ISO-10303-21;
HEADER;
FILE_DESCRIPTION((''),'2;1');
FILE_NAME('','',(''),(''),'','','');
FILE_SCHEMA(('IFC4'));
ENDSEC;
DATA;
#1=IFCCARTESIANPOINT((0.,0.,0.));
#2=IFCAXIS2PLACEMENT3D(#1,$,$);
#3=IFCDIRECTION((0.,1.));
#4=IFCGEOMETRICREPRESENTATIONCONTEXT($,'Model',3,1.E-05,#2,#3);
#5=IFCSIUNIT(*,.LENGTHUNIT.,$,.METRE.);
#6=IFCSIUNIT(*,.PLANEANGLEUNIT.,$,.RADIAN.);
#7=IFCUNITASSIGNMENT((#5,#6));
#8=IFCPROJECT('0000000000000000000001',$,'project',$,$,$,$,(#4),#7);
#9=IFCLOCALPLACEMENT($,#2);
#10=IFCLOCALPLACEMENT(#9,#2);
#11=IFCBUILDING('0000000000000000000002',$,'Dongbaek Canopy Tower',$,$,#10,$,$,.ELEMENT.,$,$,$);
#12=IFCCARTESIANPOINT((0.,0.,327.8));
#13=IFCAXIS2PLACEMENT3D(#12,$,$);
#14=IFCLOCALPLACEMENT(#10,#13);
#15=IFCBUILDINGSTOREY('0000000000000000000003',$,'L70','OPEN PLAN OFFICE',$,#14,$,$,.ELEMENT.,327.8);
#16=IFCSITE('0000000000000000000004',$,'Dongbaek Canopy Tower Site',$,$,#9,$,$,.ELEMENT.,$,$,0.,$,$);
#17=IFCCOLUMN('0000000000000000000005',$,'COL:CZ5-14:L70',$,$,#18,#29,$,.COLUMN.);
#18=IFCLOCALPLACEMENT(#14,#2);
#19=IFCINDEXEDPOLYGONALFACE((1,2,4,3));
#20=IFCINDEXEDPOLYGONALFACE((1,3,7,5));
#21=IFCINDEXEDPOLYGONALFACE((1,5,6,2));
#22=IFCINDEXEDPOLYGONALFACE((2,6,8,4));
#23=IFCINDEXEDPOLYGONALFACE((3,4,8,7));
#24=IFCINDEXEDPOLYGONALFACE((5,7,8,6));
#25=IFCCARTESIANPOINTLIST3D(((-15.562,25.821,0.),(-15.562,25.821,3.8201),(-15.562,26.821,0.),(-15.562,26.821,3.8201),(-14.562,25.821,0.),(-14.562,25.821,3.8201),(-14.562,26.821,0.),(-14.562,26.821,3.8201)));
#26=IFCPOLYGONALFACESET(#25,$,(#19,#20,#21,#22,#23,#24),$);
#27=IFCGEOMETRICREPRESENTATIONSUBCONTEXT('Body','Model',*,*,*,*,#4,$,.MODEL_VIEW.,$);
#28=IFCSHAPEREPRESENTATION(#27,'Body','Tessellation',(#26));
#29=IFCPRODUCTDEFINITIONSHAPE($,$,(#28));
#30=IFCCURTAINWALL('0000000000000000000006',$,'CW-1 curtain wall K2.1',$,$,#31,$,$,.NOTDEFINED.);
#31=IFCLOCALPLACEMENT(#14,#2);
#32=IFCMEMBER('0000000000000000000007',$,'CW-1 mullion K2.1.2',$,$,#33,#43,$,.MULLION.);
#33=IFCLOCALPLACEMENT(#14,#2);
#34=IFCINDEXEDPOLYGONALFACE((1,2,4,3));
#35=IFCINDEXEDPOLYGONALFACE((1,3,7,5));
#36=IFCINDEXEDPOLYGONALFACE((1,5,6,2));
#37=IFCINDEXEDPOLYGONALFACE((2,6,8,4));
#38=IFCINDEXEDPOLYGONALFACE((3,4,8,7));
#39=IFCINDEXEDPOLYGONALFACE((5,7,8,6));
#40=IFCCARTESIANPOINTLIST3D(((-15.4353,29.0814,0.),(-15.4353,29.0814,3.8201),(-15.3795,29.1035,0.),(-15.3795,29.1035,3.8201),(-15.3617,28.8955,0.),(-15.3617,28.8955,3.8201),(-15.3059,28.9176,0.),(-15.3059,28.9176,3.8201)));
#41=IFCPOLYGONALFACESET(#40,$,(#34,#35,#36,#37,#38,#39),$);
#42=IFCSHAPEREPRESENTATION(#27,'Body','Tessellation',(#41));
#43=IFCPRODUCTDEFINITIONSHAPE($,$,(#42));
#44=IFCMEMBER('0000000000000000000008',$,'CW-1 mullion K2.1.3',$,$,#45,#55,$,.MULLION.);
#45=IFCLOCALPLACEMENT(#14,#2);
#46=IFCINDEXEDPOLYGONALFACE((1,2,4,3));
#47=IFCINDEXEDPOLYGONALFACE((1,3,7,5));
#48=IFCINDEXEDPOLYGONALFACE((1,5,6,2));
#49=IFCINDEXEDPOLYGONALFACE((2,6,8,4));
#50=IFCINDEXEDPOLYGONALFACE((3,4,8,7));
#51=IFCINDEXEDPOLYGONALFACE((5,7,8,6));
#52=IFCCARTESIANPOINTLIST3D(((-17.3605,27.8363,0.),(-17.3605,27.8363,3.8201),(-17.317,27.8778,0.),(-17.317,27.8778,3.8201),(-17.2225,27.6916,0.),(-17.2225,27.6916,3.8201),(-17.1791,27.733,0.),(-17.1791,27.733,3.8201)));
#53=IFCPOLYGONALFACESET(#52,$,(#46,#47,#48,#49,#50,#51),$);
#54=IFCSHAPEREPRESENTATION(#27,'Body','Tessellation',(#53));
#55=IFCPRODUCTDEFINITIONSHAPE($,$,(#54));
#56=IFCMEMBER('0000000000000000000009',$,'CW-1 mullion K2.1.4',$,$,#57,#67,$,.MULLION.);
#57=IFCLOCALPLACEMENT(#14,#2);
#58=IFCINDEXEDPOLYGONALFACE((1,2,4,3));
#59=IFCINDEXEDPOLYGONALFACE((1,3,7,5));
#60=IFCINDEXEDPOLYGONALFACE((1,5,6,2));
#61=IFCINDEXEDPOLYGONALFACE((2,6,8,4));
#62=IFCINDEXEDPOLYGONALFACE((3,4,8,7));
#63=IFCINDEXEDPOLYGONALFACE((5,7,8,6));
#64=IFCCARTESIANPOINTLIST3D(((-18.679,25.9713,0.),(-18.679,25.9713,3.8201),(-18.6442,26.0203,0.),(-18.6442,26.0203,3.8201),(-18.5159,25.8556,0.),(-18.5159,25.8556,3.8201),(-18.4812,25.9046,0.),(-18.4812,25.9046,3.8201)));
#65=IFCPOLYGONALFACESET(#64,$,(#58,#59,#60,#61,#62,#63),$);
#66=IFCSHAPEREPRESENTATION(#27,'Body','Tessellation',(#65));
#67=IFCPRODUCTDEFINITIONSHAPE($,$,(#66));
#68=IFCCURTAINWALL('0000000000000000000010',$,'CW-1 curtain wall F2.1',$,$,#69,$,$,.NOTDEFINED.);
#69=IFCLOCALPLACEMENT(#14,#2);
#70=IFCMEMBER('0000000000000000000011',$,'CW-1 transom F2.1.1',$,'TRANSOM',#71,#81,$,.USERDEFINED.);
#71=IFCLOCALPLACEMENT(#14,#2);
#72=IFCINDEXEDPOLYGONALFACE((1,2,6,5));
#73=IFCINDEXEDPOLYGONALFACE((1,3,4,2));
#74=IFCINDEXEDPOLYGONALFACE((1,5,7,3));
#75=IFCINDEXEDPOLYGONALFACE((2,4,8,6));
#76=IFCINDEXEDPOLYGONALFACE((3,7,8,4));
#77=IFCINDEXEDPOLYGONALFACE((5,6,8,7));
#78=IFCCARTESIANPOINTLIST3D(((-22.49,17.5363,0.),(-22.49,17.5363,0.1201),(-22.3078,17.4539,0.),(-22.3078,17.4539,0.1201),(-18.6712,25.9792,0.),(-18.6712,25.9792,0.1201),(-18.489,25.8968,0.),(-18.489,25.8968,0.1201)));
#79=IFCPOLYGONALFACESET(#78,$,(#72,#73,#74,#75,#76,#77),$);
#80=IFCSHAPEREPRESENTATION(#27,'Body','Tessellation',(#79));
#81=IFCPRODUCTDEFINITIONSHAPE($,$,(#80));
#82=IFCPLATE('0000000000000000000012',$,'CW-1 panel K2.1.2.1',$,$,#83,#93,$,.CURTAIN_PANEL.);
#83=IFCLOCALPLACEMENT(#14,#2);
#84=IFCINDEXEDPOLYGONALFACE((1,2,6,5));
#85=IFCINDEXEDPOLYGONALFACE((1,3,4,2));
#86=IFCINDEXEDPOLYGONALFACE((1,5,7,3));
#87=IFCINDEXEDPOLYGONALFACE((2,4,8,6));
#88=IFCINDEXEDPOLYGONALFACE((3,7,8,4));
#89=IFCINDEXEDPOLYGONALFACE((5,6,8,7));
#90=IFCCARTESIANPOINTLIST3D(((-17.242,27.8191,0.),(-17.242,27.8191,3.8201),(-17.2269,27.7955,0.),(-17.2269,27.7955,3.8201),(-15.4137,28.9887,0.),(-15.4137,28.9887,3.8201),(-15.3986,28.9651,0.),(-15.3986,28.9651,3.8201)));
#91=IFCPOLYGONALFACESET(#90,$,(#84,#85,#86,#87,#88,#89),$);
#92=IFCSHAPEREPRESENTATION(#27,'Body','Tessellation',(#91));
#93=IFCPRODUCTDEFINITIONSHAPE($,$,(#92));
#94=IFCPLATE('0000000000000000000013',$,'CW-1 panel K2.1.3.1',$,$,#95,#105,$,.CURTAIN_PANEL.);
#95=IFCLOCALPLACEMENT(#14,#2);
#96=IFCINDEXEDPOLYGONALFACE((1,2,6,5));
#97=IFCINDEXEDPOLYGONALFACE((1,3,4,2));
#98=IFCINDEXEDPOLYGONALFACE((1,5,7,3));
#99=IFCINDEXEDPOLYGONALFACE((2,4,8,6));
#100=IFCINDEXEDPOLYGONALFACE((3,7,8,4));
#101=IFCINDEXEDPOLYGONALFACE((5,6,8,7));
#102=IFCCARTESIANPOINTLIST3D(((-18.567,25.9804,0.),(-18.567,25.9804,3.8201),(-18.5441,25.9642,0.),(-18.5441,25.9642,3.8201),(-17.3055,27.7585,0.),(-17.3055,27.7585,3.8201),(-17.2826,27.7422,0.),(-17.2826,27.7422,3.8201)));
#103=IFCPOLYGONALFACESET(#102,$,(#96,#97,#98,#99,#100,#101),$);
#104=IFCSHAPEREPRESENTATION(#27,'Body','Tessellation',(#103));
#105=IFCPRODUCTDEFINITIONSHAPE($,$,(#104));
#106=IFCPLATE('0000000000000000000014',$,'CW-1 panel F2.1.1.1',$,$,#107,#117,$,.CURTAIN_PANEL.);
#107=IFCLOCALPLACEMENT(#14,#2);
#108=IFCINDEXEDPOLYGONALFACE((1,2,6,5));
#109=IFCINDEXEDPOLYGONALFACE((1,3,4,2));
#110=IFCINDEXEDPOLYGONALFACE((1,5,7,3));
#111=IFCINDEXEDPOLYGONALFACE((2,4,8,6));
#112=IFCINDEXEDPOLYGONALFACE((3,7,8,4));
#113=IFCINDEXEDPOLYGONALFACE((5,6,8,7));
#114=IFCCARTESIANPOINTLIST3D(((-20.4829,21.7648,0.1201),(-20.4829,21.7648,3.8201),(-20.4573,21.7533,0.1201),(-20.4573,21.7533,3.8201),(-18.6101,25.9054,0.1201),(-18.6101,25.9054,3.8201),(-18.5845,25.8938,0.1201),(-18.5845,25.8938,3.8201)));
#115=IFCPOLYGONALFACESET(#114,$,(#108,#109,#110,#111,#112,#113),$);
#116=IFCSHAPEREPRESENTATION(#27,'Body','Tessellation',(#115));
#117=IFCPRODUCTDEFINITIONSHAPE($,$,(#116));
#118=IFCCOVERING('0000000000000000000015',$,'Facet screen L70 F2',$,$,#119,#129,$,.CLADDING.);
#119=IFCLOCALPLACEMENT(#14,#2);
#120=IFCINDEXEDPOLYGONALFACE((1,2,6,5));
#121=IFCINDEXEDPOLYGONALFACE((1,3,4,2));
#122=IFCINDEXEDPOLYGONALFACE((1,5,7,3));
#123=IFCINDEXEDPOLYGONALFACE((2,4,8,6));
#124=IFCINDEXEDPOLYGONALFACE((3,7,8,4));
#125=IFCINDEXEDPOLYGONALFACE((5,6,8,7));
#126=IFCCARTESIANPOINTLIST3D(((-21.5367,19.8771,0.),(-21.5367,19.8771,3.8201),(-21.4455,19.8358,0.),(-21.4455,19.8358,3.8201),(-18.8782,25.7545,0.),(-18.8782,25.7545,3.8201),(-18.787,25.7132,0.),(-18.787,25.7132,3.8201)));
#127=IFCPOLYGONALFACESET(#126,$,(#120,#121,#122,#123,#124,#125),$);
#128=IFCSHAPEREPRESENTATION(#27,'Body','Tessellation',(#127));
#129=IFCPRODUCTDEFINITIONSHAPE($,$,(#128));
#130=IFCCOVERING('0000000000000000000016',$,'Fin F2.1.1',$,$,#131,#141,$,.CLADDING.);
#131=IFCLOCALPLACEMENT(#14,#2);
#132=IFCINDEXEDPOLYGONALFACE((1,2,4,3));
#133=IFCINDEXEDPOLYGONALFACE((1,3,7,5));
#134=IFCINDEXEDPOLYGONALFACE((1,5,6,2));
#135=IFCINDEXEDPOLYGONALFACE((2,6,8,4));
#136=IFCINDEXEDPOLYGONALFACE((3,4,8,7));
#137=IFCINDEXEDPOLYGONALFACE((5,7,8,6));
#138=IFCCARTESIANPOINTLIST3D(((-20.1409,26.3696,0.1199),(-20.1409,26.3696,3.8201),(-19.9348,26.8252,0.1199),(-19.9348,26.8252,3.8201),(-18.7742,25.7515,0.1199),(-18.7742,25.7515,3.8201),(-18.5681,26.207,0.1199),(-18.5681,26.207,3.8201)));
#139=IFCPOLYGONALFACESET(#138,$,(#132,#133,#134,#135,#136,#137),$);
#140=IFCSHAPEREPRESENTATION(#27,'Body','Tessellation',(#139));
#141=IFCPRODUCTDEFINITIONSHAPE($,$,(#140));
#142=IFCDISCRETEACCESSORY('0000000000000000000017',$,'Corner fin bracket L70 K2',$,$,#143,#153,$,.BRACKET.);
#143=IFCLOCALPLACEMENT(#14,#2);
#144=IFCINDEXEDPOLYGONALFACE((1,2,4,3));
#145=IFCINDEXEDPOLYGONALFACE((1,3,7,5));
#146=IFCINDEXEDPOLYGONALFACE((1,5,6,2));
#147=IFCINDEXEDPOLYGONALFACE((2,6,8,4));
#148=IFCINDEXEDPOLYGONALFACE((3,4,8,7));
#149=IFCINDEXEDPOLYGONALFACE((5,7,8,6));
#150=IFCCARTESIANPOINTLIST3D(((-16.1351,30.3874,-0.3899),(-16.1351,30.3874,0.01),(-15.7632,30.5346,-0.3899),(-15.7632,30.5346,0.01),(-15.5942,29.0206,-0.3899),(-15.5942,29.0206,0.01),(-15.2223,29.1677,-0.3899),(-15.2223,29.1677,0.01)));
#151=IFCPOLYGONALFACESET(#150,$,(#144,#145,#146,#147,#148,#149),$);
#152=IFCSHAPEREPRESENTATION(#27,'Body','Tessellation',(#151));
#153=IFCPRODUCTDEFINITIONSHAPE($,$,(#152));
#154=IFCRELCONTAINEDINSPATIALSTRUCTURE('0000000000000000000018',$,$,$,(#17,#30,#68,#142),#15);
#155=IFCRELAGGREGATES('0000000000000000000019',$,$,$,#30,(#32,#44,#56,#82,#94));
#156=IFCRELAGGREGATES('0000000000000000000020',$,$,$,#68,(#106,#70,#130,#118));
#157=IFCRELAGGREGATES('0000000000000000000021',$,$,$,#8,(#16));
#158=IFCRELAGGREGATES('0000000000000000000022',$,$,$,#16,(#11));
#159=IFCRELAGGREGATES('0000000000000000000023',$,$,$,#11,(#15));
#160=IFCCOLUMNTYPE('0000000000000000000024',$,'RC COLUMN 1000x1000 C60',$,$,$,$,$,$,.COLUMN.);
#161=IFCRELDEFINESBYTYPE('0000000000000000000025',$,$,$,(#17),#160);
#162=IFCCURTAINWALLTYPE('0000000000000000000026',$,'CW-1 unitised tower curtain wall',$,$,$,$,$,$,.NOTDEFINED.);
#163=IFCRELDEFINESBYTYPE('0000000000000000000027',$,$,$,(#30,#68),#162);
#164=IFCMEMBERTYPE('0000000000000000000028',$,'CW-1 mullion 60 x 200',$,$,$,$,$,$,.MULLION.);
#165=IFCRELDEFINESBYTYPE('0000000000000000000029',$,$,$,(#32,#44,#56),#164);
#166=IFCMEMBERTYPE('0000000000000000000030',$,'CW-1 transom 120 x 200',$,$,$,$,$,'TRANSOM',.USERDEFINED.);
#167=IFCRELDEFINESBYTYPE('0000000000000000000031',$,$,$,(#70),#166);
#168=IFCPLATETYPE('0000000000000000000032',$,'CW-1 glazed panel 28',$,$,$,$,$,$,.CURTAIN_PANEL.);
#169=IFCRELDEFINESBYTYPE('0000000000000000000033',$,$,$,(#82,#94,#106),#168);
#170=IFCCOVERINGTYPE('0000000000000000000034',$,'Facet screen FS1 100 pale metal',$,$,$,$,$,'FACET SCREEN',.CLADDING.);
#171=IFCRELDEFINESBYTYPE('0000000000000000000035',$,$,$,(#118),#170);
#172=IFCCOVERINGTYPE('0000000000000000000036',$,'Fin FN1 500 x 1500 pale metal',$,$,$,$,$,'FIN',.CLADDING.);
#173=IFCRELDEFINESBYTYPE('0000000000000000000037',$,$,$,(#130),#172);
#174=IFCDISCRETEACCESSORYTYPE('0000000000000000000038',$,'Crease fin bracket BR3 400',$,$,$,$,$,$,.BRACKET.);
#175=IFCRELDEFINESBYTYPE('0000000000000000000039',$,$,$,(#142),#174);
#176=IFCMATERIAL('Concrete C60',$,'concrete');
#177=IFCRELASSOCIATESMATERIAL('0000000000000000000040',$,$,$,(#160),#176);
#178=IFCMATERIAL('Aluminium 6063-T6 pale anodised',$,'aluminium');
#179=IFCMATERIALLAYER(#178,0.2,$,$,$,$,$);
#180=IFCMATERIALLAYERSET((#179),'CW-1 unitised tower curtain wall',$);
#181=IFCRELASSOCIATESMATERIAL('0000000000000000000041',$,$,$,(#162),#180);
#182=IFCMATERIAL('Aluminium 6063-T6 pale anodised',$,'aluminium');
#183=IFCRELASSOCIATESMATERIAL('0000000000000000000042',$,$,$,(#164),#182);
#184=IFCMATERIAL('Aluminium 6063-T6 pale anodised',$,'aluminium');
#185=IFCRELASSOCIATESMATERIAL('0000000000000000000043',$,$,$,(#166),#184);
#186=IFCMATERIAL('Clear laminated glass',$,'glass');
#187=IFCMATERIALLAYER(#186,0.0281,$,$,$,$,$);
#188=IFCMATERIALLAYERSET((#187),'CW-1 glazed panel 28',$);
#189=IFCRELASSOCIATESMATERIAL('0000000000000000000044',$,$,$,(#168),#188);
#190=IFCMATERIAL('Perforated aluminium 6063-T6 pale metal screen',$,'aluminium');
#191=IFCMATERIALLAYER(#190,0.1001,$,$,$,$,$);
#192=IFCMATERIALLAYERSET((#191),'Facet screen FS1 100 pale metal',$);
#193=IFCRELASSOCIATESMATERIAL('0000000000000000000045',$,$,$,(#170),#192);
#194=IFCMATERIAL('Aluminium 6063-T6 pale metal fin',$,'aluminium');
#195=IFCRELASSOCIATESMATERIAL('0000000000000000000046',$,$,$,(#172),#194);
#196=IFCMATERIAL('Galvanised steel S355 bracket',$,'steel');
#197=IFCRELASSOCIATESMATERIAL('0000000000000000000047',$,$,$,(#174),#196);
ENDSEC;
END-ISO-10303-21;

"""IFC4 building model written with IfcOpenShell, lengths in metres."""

from ifc_helpers import new_model, si_unit, direction, frame, origin, origin_2d, place, context, subcontext, project, spatial, rectangle, extrude, material, layer, layer_set, material_profile, profile_set, type_object, element, aggregate, save


model = new_model("IFC4")

# Units and contexts
model_context = context("Model", 3, precision=1e-05, world=origin(), true_north=direction((0.0, 1.0)))
body_context = subcontext(model_context, "Body", "Model", "MODEL_VIEW")
ifc_project = project(units=[si_unit("LENGTHUNIT", "METRE"), si_unit("PLANEANGLEUNIT", "RADIAN")], contexts=[model_context])

# Site, building, storey
site_placement = place(None, origin())
site = spatial("IfcSite", under=ifc_project, at=site_placement, Name="Dongbaek Canopy Tower Site", CompositionType="ELEMENT", RefElevation=0.0)
building_placement = place(site_placement, origin())
building = spatial("IfcBuilding", under=site, at=building_placement, Name="Dongbaek Canopy Tower", CompositionType="ELEMENT")
storey_placement = place(building_placement, frame((0.0, 0.0, 327.8)))
storey = spatial("IfcBuildingStorey", under=building, at=storey_placement, Name="L70", Description="OPEN PLAN OFFICE", CompositionType="ELEMENT", Elevation=327.8)

# Column
ifc_material_1 = material(Name="Concrete C60", Category="concrete")
ifc_material_profile_1 = material_profile(ifc_material_1, rectangle(XDim=1.0, YDim=1.0, at=origin_2d()), Name="RC COLUMN 1000x1000 C60")
ifc_profile_set_1 = profile_set([ifc_material_profile_1], Name="Concrete C60")
column_type = type_object("IfcColumnType", Name="RC COLUMN 1000x1000 C60", PredefinedType="COLUMN", material=ifc_profile_set_1)
column_placement = place(storey_placement, frame((-15.062, 26.321, 0.0), z_axis=(0.0, 0.0, 1.0), x_axis=(1.0, 0.0, 0.0)))
element("IfcColumn", 1, at=column_placement, inside=storey, type_object=column_type, Name="COL:CZ5-14:L70", PredefinedType="COLUMN", context=body_context, shape_type="SweptSolid", body=[
    extrude(rectangle(XDim=1.0, YDim=1.0, at=origin_2d()), origin(), (0.0, 0.0, 1.0), 3.8201),
])

# Curtain wall, members
ifc_material_2 = material(Name="Aluminium 6063-T6 pale anodised", Category="aluminium")
ifc_layer_1 = layer(ifc_material_2, 0.2)
ifc_layer_set_1 = layer_set([ifc_layer_1], Name="CW-1 unitised tower curtain wall")
curtain_wall_type = type_object("IfcCurtainWallType", Name="CW-1 unitised tower curtain wall", PredefinedType="NOTDEFINED", material=ifc_layer_set_1)
curtain_wall_1_placement = place(storey_placement, origin())
curtain_wall_1 = element("IfcCurtainWall", 2, at=curtain_wall_1_placement, inside=storey, type_object=curtain_wall_type, Name="CW-1 curtain wall K2.1", PredefinedType="NOTDEFINED")
ifc_material_3 = material(Name="Aluminium 6063-T6 pale anodised", Category="aluminium")
ifc_material_profile_2 = material_profile(ifc_material_3, rectangle(XDim=0.2, YDim=0.0601, at=origin_2d()), Name="CW-1 mullion 60 x 200")
ifc_profile_set_2 = profile_set([ifc_material_profile_2], Name="Aluminium 6063-T6 pale anodised")
member_type_1 = type_object("IfcMemberType", Name="CW-1 mullion 60 x 200", PredefinedType="MULLION", material=ifc_profile_set_2)
member_1_placement = place(storey_placement, frame((-15.3706, 28.9995, 0.0), z_axis=(0.0, 0.0, 1.0), x_axis=(-0.367962, 0.929841, 0.0)))
member_1 = element("IfcMember", 3, at=member_1_placement, type_object=member_type_1, Name="CW-1 mullion K2.1.2", PredefinedType="MULLION", context=body_context, shape_type="SweptSolid", body=[
    extrude(rectangle(XDim=0.2, YDim=0.0601, at=origin_2d()), origin(), (0.0, 0.0, 1.0), 3.8201),
])
member_2_placement = place(storey_placement, frame((-17.2698, 27.7847, 0.0), z_axis=(0.0, 0.0, 1.0), x_axis=(-0.689947, 0.72386, 0.0)))
member_2 = element("IfcMember", 4, at=member_2_placement, type_object=member_type_1, Name="CW-1 mullion K2.1.3", PredefinedType="MULLION", context=body_context, shape_type="SweptSolid", body=[
    extrude(rectangle(XDim=0.2, YDim=0.0601, at=origin_2d()), origin(), (0.0, 0.0, 1.0), 3.8201),
])
member_3_placement = place(storey_placement, frame((-18.5801, 25.938, 0.0), z_axis=(0.0, 0.0, 1.0), x_axis=(-0.815571, 0.578657, 0.0)))
member_3 = element("IfcMember", 5, at=member_3_placement, type_object=member_type_1, Name="CW-1 mullion K2.1.4", PredefinedType="MULLION", context=body_context, shape_type="SweptSolid", body=[
    extrude(rectangle(XDim=0.2, YDim=0.0601, at=origin_2d()), origin(), (0.0, 0.0, 1.0), 3.8201),
])

# Curtain wall, member
curtain_wall_2_placement = place(storey_placement, origin())
curtain_wall_2 = element("IfcCurtainWall", 6, at=curtain_wall_2_placement, inside=storey, type_object=curtain_wall_type, Name="CW-1 curtain wall F2.1", PredefinedType="NOTDEFINED")
ifc_material_4 = material(Name="Aluminium 6063-T6 pale anodised", Category="aluminium")
ifc_material_profile_3 = material_profile(ifc_material_4, rectangle(XDim=0.2, YDim=0.1201, at=origin_2d()), Name="CW-1 transom 120 x 200")
ifc_profile_set_3 = profile_set([ifc_material_profile_3], Name="Aluminium 6063-T6 pale anodised")
member_type_2 = type_object("IfcMemberType", Name="CW-1 transom 120 x 200", ElementType="TRANSOM", PredefinedType="USERDEFINED", material=ifc_profile_set_3)
member_4_placement = place(storey_placement, frame((-18.5801, 25.938, 0.0601), z_axis=(-0.412119, -0.91113, 0.0), x_axis=(0.91113, -0.412119, 0.0)))
member_4 = element("IfcMember", 7, at=member_4_placement, type_object=member_type_2, Name="CW-1 transom F2.1.1", ObjectType="TRANSOM", PredefinedType="USERDEFINED", context=body_context, shape_type="SweptSolid", body=[
    extrude(rectangle(XDim=0.2, YDim=0.1201, at=origin_2d()), origin(), (0.0, 0.0, 1.0), 9.2664),
])

# Plates
ifc_material_5 = material(Name="Clear laminated glass", Category="glass")
ifc_layer_2 = layer(ifc_material_5, 0.0281)
ifc_layer_set_2 = layer_set([ifc_layer_2], Name="CW-1 glazed panel 28")
plate_type = type_object("IfcPlateType", Name="CW-1 glazed panel 28", PredefinedType="CURTAIN_PANEL", material=ifc_layer_set_2)
plate_1_placement = place(storey_placement, frame((-16.3203, 28.3921, 0.0), z_axis=(0.0, 0.0, 1.0), x_axis=(-0.842378, -0.538888, 0.0)))
plate_1 = element("IfcPlate", 8, at=plate_1_placement, type_object=plate_type, Name="CW-1 panel K2.1.2.1", PredefinedType="CURTAIN_PANEL", context=body_context, shape_type="SweptSolid", body=[
    extrude(rectangle(XDim=2.1704, YDim=0.0281, at=origin_2d()), origin(), (0.0, 0.0, 1.0), 3.8201),
])
plate_2_placement = place(storey_placement, frame((-17.9248, 26.8613, 0.0), z_axis=(0.0, 0.0, 1.0), x_axis=(-0.578657, -0.815571, 0.0)))
plate_2 = element("IfcPlate", 9, at=plate_2_placement, type_object=plate_type, Name="CW-1 panel K2.1.3.1", PredefinedType="CURTAIN_PANEL", context=body_context, shape_type="SweptSolid", body=[
    extrude(rectangle(XDim=2.1802, YDim=0.0281, at=origin_2d()), origin(), (0.0, 0.0, 1.0), 3.8201),
])
aggregate(curtain_wall_1, [member_1, member_2, member_3, plate_1, plate_2])
plate_3_placement = place(storey_placement, frame((-19.5337, 23.8293, 0.1201), z_axis=(0.0, 0.0, 1.0), x_axis=(-0.412122, -0.911129, 0.0)))
plate_3 = element("IfcPlate", 10, at=plate_3_placement, type_object=plate_type, Name="CW-1 panel F2.1.1.1", PredefinedType="CURTAIN_PANEL", context=body_context, shape_type="SweptSolid", body=[
    extrude(rectangle(XDim=4.5444, YDim=0.0281, at=origin_2d()), origin(), (0.0, 0.0, 1.0), 3.7),
])

# Coverings
ifc_material_6 = material(Name="Perforated aluminium 6063-T6 pale metal screen", Category="aluminium")
ifc_layer_3 = layer(ifc_material_6, 0.1001)
ifc_layer_set_3 = layer_set([ifc_layer_3], Name="Facet screen FS1 100 pale metal")
covering_type_1 = type_object("IfcCoveringType", Name="Facet screen FS1 100 pale metal", ElementType="FACET SCREEN", PredefinedType="CLADDING", material=ifc_layer_set_3)
covering_1_placement = place(storey_placement, frame((-20.1619, 22.7952, 0.0), z_axis=(0.0, 0.0, 1.0), x_axis=(-0.412122, -0.911129, 0.0)))
covering_1 = element("IfcCovering", 11, at=covering_1_placement, type_object=covering_type_1, Name="Facet screen L70 F2", PredefinedType="CLADDING", context=body_context, shape_type="SweptSolid", body=[
    extrude(rectangle(XDim=6.4507, YDim=0.1001, at=origin_2d()), origin(), (0.0, 0.0, 1.0), 3.8201),
])
ifc_material_7 = material(Name="Aluminium 6063-T6 pale metal fin", Category="aluminium")
ifc_material_profile_4 = material_profile(ifc_material_7, rectangle(XDim=1.5, YDim=0.5, at=origin_2d()), Name="Fin FN1 500 x 1500 pale metal")
ifc_profile_set_4 = profile_set([ifc_material_profile_4], Name="Aluminium 6063-T6 pale metal fin")
covering_type_2 = type_object("IfcCoveringType", Name="Fin FN1 500 x 1500 pale metal", ElementType="FIN", PredefinedType="CLADDING", material=ifc_profile_set_4)
covering_2_placement = place(storey_placement, frame((-19.3545, 26.2883, 0.1199), z_axis=(0.0, 0.0, 1.0), x_axis=(-0.911129, 0.412122, 0.0)))
covering_2 = element("IfcCovering", 12, at=covering_2_placement, type_object=covering_type_2, Name="Fin F2.1.1", PredefinedType="CLADDING", context=body_context, shape_type="SweptSolid", body=[
    extrude(rectangle(XDim=1.5, YDim=0.5, at=origin_2d()), origin(), (0.0, 0.0, 1.0), 3.7002),
])
aggregate(curtain_wall_2, [plate_3, member_4, covering_2, covering_1])

# Discrete accessory
ifc_material_8 = material(Name="Galvanised steel S355 bracket", Category="steel")
discrete_accessory_type = type_object("IfcDiscreteAccessoryType", Name="Crease fin bracket BR3 400", PredefinedType="BRACKET", material=ifc_material_8)
discrete_accessory_placement = place(storey_placement, frame((-15.6787, 29.7776, -0.3899), z_axis=(0.0, 0.0, 1.0), x_axis=(-0.367962, 0.929841, 0.0)))
element("IfcDiscreteAccessory", 13, at=discrete_accessory_placement, inside=storey, type_object=discrete_accessory_type, Name="Corner fin bracket L70 K2", PredefinedType="BRACKET", context=body_context, shape_type="SweptSolid", body=[
    extrude(rectangle(XDim=1.47, YDim=0.3999, at=origin_2d()), origin(), (0.0, 0.0, 1.0), 0.3999),
])

save(model, "model.ifc")
